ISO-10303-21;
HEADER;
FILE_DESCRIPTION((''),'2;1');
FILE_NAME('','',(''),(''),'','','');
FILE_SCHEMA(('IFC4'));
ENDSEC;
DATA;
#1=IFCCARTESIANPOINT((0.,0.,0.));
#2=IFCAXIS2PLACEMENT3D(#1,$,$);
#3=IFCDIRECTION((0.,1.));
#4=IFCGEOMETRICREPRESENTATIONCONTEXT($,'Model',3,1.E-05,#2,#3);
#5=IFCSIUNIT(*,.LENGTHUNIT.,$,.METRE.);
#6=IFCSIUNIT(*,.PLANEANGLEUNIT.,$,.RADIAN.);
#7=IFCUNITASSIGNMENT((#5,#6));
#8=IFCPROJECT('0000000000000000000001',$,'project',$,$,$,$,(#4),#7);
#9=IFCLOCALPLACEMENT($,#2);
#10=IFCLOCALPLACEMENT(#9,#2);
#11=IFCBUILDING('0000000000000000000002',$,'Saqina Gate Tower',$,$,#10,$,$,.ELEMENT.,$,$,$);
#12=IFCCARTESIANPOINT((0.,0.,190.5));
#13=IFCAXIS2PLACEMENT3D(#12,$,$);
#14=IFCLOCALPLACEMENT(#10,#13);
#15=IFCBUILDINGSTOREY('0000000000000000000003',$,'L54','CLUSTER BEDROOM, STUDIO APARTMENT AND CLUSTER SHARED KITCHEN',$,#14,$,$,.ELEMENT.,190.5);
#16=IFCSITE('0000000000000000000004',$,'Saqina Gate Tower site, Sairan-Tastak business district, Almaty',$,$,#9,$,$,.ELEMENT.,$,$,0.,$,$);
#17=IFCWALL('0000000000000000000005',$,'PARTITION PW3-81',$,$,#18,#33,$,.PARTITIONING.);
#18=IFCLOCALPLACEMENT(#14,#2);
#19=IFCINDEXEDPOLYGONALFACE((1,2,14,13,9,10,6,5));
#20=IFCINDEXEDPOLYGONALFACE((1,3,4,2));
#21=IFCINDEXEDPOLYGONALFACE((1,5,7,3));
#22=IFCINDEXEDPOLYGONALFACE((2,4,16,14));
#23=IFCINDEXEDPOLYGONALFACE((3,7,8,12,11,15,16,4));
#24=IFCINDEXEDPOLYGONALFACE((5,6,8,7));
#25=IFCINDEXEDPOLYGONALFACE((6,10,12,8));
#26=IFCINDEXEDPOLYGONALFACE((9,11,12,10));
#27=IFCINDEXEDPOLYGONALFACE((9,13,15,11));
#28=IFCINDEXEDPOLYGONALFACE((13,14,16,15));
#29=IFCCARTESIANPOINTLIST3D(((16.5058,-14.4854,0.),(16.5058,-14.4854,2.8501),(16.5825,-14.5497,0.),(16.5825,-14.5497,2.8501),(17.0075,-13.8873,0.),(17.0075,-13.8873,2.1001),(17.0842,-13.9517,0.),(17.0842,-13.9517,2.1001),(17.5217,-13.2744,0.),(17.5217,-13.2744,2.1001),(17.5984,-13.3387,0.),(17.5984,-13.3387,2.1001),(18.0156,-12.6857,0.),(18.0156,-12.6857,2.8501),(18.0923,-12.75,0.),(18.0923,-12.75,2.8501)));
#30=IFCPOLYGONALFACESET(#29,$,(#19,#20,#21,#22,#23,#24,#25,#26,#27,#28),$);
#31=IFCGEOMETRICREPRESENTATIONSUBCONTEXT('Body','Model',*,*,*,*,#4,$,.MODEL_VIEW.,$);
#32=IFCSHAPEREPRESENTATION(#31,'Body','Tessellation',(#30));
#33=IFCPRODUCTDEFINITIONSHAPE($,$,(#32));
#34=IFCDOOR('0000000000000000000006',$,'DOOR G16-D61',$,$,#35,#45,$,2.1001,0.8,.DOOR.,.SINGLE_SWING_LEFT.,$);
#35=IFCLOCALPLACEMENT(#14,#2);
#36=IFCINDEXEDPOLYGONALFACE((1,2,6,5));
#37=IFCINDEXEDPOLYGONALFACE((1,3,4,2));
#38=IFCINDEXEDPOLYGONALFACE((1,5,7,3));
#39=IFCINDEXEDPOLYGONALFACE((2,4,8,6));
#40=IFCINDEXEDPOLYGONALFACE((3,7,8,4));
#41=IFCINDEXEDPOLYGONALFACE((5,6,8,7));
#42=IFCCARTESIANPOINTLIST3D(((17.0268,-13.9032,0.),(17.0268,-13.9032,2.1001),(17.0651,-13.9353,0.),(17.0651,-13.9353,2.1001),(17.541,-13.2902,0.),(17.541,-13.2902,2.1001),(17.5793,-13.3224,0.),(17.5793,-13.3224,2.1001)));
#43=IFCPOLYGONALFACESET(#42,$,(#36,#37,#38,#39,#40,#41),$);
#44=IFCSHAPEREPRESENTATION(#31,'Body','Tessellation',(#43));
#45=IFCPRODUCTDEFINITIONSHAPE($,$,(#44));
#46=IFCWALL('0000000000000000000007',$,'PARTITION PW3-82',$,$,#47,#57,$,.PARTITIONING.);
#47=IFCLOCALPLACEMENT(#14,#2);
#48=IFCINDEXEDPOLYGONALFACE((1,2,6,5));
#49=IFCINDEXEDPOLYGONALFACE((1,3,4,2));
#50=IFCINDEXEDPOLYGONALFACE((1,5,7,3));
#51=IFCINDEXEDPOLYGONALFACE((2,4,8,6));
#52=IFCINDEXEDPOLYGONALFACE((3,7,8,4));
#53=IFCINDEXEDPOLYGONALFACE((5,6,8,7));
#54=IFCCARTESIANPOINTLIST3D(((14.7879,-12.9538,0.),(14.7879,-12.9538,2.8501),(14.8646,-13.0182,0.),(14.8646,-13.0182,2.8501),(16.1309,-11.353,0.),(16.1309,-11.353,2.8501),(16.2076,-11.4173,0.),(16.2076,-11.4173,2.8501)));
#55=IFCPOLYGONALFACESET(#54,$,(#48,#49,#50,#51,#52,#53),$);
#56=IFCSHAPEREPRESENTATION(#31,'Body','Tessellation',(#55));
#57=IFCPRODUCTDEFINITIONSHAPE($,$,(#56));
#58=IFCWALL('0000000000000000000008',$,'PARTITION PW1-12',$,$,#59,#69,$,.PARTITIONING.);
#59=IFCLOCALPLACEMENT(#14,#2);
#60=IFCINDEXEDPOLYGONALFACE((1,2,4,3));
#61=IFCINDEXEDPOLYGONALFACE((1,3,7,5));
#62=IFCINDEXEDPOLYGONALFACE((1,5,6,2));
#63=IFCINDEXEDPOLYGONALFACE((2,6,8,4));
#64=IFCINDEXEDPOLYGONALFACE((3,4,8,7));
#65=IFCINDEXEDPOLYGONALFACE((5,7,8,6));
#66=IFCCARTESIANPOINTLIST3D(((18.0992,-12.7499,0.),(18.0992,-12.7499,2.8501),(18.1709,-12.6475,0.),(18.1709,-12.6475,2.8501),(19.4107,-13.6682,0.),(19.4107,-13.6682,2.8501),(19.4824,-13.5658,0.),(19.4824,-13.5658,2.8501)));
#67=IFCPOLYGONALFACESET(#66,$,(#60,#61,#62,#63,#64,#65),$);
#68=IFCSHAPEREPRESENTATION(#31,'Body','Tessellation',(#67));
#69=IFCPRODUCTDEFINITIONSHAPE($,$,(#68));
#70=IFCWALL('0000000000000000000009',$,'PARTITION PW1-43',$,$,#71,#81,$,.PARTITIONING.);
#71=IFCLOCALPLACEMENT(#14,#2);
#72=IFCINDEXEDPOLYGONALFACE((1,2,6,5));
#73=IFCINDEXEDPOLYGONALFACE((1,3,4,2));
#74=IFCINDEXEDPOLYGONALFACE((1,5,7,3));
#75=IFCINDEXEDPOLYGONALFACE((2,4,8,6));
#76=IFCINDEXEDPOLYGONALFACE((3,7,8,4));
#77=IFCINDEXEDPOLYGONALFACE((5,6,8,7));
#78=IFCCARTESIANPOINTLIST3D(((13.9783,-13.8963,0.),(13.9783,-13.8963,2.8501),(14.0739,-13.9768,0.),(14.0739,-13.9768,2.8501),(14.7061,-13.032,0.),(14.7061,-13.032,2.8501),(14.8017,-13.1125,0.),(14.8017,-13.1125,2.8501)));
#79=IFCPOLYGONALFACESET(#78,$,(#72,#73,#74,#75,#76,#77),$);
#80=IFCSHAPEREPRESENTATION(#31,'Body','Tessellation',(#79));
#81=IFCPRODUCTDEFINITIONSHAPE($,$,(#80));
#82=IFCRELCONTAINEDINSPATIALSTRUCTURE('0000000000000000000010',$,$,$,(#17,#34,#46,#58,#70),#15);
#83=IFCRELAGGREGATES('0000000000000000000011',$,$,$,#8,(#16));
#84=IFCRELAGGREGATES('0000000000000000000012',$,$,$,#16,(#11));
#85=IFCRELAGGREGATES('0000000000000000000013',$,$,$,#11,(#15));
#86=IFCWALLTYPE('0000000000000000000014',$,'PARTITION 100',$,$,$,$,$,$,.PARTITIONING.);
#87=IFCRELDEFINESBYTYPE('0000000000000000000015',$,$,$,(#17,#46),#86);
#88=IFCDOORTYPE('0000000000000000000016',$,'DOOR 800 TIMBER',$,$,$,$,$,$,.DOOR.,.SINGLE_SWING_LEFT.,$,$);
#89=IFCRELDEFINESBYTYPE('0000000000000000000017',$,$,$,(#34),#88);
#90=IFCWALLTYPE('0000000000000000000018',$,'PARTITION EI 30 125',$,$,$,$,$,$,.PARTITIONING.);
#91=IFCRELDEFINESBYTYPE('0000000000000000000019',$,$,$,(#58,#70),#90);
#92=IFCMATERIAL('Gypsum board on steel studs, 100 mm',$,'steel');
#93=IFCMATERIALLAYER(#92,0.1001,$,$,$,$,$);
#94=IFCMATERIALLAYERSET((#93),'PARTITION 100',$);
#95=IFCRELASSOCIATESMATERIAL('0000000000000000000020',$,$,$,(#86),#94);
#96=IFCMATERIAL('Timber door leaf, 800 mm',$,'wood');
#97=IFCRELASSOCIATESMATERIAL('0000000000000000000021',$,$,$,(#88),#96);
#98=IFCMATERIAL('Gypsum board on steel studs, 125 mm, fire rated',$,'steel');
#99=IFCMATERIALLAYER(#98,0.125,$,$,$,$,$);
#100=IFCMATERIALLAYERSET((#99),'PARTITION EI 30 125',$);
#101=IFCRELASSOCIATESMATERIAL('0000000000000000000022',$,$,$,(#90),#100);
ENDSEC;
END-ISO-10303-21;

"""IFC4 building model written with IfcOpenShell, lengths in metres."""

from ifc_helpers import new_model, si_unit, direction, frame, frame_2d, origin, place, context, subcontext, project, spatial, rectangle, extrude, material, layer, layer_set, type_object, element, fill, save


model = new_model("IFC4")

# Units and contexts
model_context = context("Model", 3, precision=1e-05, world=origin(), true_north=direction((0.0, 1.0)))
body_context = subcontext(model_context, "Body", "Model", "MODEL_VIEW")
ifc_project = project(units=[si_unit("LENGTHUNIT", "METRE"), si_unit("PLANEANGLEUNIT", "RADIAN")], contexts=[model_context])

# Site, building, storey
site_placement = place(None, origin())
site = spatial("IfcSite", under=ifc_project, at=site_placement, Name="Saqina Gate Tower site, Sairan-Tastak business district, Almaty", CompositionType="ELEMENT", RefElevation=0.0)
building_placement = place(site_placement, origin())
building = spatial("IfcBuilding", under=site, at=building_placement, Name="Saqina Gate Tower", CompositionType="ELEMENT")
storey_placement = place(building_placement, frame((0.0, 0.0, 190.5)))
storey = spatial("IfcBuildingStorey", under=building, at=storey_placement, Name="L54", Description="CLUSTER BEDROOM, STUDIO APARTMENT AND CLUSTER SHARED KITCHEN", CompositionType="ELEMENT", Elevation=190.5)

# Shared definitions
ifc_material_1 = material(Name="Gypsum board on steel studs, 100 mm", Category="steel")
ifc_layer_1 = layer(ifc_material_1, 0.1001)
ifc_layer_set_1 = layer_set([ifc_layer_1], Name="PARTITION 100")
wall_type_1 = type_object("IfcWallType", Name="PARTITION 100", PredefinedType="PARTITIONING", material=ifc_layer_set_1)

# Wall, opening, door
wall_1_placement = place(storey_placement, frame((16.5442, -14.5176, 0.0), z_axis=(0.0, 0.0, 1.0), x_axis=(0.642675, 0.766139, 0.0)))
wall_1 = element("IfcWall", 1, at=wall_1_placement, inside=storey, type_object=wall_type_1, Name="PARTITION PW3-81", PredefinedType="PARTITIONING", context=body_context, shape_type="SweptSolid", body=[
    extrude(rectangle(XDim=2.3491, YDim=0.1001, at=frame_2d((1.1746, 0.0))), origin(), (0.0, 0.0, 1.0), 2.8501),
])
opening_1_placement = place(wall_1_placement, frame((0.7808, 0.0, 0.0)))
opening_1 = element("IfcOpeningElement", 2, at=opening_1_placement, cuts=wall_1, PredefinedType="OPENING", context=body_context, shape_type="SweptSolid", body=[
    extrude(rectangle(XDim=0.8, YDim=2.1001, at=frame_2d((0.3999, 1.05))), frame((0.0, 0.062, 0.0), z_axis=(0.0, -1.0, 0.0), x_axis=(1.0, 0.0, 0.0)), (0.0, 0.0, 1.0), 0.124),
])
ifc_material_2 = material(Name="Timber door leaf, 800 mm", Category="wood")
door_type = type_object("IfcDoorType", Name="DOOR 800 TIMBER", OperationType="SINGLE_SWING_LEFT", PredefinedType="DOOR", material=ifc_material_2)
door_placement = place(opening_1_placement, frame((0.8, 0.0, 0.0), z_axis=(0.0, 0.0, 1.0), x_axis=(-1.0, 0.0, 0.0)))
door = element("IfcDoor", 3, at=door_placement, inside=storey, type_object=door_type, Name="DOOR G16-D61", OperationType="SINGLE_SWING_LEFT", OverallHeight=2.1001, OverallWidth=0.8, PredefinedType="DOOR", context=body_context, shape_type="SweptSolid", body=[
    extrude(rectangle(XDim=0.8, YDim=2.1001, at=frame_2d((0.3999, 1.05))), frame((0.0, 0.0249, 0.0), z_axis=(0.0, -1.0, 0.0), x_axis=(1.0, 0.0, 0.0)), (0.0, 0.0, 1.0), 0.05),
])
fill(opening_1, door)

# Walls
wall_2_placement = place(storey_placement, frame((14.8262, -12.9861, 0.0), z_axis=(0.0, 0.0, 1.0), x_axis=(0.642721, 0.766101, 0.0)))
element("IfcWall", 4, at=wall_2_placement, inside=storey, type_object=wall_type_1, Name="PARTITION PW3-82", PredefinedType="PARTITIONING", context=body_context, shape_type="SweptSolid", body=[
    extrude(rectangle(XDim=2.0896, YDim=0.1001, at=frame_2d((1.0449, 0.0))), origin(), (0.0, 0.0, 1.0), 2.8501),
])
ifc_material_3 = material(Name="Gypsum board on steel studs, 125 mm, fire rated", Category="steel")
ifc_layer_2 = layer(ifc_material_3, 0.125)
ifc_layer_set_2 = layer_set([ifc_layer_2], Name="PARTITION EI 30 125")
wall_type_2 = type_object("IfcWallType", Name="PARTITION EI 30 125", PredefinedType="PARTITIONING", material=ifc_layer_set_2)
wall_3_placement = place(storey_placement, frame((18.135, -12.6987, 0.0), z_axis=(0.0, 0.0, 1.0), x_axis=(0.819189, -0.573524, 0.0)))
element("IfcWall", 5, at=wall_3_placement, inside=storey, type_object=wall_type_2, Name="PARTITION PW1-12", PredefinedType="PARTITIONING", context=body_context, shape_type="SweptSolid", body=[
    extrude(rectangle(XDim=1.6011, YDim=0.125, at=frame_2d((0.8005, 0.0))), origin(), (0.0, 0.0, 1.0), 2.8501),
])
wall_4_placement = place(storey_placement, frame((14.0261, -13.9365, 0.0), z_axis=(0.0, 0.0, 1.0), x_axis=(0.644129, 0.764917, 0.0)))
element("IfcWall", 6, at=wall_4_placement, inside=storey, type_object=wall_type_2, Name="PARTITION PW1-43", PredefinedType="PARTITIONING", context=body_context, shape_type="SweptSolid", body=[
    extrude(rectangle(XDim=1.1299, YDim=0.125, at=frame_2d((0.5649, 0.0))), origin(), (0.0, 0.0, 1.0), 2.8501),
])

save(model, "model.ifc")
